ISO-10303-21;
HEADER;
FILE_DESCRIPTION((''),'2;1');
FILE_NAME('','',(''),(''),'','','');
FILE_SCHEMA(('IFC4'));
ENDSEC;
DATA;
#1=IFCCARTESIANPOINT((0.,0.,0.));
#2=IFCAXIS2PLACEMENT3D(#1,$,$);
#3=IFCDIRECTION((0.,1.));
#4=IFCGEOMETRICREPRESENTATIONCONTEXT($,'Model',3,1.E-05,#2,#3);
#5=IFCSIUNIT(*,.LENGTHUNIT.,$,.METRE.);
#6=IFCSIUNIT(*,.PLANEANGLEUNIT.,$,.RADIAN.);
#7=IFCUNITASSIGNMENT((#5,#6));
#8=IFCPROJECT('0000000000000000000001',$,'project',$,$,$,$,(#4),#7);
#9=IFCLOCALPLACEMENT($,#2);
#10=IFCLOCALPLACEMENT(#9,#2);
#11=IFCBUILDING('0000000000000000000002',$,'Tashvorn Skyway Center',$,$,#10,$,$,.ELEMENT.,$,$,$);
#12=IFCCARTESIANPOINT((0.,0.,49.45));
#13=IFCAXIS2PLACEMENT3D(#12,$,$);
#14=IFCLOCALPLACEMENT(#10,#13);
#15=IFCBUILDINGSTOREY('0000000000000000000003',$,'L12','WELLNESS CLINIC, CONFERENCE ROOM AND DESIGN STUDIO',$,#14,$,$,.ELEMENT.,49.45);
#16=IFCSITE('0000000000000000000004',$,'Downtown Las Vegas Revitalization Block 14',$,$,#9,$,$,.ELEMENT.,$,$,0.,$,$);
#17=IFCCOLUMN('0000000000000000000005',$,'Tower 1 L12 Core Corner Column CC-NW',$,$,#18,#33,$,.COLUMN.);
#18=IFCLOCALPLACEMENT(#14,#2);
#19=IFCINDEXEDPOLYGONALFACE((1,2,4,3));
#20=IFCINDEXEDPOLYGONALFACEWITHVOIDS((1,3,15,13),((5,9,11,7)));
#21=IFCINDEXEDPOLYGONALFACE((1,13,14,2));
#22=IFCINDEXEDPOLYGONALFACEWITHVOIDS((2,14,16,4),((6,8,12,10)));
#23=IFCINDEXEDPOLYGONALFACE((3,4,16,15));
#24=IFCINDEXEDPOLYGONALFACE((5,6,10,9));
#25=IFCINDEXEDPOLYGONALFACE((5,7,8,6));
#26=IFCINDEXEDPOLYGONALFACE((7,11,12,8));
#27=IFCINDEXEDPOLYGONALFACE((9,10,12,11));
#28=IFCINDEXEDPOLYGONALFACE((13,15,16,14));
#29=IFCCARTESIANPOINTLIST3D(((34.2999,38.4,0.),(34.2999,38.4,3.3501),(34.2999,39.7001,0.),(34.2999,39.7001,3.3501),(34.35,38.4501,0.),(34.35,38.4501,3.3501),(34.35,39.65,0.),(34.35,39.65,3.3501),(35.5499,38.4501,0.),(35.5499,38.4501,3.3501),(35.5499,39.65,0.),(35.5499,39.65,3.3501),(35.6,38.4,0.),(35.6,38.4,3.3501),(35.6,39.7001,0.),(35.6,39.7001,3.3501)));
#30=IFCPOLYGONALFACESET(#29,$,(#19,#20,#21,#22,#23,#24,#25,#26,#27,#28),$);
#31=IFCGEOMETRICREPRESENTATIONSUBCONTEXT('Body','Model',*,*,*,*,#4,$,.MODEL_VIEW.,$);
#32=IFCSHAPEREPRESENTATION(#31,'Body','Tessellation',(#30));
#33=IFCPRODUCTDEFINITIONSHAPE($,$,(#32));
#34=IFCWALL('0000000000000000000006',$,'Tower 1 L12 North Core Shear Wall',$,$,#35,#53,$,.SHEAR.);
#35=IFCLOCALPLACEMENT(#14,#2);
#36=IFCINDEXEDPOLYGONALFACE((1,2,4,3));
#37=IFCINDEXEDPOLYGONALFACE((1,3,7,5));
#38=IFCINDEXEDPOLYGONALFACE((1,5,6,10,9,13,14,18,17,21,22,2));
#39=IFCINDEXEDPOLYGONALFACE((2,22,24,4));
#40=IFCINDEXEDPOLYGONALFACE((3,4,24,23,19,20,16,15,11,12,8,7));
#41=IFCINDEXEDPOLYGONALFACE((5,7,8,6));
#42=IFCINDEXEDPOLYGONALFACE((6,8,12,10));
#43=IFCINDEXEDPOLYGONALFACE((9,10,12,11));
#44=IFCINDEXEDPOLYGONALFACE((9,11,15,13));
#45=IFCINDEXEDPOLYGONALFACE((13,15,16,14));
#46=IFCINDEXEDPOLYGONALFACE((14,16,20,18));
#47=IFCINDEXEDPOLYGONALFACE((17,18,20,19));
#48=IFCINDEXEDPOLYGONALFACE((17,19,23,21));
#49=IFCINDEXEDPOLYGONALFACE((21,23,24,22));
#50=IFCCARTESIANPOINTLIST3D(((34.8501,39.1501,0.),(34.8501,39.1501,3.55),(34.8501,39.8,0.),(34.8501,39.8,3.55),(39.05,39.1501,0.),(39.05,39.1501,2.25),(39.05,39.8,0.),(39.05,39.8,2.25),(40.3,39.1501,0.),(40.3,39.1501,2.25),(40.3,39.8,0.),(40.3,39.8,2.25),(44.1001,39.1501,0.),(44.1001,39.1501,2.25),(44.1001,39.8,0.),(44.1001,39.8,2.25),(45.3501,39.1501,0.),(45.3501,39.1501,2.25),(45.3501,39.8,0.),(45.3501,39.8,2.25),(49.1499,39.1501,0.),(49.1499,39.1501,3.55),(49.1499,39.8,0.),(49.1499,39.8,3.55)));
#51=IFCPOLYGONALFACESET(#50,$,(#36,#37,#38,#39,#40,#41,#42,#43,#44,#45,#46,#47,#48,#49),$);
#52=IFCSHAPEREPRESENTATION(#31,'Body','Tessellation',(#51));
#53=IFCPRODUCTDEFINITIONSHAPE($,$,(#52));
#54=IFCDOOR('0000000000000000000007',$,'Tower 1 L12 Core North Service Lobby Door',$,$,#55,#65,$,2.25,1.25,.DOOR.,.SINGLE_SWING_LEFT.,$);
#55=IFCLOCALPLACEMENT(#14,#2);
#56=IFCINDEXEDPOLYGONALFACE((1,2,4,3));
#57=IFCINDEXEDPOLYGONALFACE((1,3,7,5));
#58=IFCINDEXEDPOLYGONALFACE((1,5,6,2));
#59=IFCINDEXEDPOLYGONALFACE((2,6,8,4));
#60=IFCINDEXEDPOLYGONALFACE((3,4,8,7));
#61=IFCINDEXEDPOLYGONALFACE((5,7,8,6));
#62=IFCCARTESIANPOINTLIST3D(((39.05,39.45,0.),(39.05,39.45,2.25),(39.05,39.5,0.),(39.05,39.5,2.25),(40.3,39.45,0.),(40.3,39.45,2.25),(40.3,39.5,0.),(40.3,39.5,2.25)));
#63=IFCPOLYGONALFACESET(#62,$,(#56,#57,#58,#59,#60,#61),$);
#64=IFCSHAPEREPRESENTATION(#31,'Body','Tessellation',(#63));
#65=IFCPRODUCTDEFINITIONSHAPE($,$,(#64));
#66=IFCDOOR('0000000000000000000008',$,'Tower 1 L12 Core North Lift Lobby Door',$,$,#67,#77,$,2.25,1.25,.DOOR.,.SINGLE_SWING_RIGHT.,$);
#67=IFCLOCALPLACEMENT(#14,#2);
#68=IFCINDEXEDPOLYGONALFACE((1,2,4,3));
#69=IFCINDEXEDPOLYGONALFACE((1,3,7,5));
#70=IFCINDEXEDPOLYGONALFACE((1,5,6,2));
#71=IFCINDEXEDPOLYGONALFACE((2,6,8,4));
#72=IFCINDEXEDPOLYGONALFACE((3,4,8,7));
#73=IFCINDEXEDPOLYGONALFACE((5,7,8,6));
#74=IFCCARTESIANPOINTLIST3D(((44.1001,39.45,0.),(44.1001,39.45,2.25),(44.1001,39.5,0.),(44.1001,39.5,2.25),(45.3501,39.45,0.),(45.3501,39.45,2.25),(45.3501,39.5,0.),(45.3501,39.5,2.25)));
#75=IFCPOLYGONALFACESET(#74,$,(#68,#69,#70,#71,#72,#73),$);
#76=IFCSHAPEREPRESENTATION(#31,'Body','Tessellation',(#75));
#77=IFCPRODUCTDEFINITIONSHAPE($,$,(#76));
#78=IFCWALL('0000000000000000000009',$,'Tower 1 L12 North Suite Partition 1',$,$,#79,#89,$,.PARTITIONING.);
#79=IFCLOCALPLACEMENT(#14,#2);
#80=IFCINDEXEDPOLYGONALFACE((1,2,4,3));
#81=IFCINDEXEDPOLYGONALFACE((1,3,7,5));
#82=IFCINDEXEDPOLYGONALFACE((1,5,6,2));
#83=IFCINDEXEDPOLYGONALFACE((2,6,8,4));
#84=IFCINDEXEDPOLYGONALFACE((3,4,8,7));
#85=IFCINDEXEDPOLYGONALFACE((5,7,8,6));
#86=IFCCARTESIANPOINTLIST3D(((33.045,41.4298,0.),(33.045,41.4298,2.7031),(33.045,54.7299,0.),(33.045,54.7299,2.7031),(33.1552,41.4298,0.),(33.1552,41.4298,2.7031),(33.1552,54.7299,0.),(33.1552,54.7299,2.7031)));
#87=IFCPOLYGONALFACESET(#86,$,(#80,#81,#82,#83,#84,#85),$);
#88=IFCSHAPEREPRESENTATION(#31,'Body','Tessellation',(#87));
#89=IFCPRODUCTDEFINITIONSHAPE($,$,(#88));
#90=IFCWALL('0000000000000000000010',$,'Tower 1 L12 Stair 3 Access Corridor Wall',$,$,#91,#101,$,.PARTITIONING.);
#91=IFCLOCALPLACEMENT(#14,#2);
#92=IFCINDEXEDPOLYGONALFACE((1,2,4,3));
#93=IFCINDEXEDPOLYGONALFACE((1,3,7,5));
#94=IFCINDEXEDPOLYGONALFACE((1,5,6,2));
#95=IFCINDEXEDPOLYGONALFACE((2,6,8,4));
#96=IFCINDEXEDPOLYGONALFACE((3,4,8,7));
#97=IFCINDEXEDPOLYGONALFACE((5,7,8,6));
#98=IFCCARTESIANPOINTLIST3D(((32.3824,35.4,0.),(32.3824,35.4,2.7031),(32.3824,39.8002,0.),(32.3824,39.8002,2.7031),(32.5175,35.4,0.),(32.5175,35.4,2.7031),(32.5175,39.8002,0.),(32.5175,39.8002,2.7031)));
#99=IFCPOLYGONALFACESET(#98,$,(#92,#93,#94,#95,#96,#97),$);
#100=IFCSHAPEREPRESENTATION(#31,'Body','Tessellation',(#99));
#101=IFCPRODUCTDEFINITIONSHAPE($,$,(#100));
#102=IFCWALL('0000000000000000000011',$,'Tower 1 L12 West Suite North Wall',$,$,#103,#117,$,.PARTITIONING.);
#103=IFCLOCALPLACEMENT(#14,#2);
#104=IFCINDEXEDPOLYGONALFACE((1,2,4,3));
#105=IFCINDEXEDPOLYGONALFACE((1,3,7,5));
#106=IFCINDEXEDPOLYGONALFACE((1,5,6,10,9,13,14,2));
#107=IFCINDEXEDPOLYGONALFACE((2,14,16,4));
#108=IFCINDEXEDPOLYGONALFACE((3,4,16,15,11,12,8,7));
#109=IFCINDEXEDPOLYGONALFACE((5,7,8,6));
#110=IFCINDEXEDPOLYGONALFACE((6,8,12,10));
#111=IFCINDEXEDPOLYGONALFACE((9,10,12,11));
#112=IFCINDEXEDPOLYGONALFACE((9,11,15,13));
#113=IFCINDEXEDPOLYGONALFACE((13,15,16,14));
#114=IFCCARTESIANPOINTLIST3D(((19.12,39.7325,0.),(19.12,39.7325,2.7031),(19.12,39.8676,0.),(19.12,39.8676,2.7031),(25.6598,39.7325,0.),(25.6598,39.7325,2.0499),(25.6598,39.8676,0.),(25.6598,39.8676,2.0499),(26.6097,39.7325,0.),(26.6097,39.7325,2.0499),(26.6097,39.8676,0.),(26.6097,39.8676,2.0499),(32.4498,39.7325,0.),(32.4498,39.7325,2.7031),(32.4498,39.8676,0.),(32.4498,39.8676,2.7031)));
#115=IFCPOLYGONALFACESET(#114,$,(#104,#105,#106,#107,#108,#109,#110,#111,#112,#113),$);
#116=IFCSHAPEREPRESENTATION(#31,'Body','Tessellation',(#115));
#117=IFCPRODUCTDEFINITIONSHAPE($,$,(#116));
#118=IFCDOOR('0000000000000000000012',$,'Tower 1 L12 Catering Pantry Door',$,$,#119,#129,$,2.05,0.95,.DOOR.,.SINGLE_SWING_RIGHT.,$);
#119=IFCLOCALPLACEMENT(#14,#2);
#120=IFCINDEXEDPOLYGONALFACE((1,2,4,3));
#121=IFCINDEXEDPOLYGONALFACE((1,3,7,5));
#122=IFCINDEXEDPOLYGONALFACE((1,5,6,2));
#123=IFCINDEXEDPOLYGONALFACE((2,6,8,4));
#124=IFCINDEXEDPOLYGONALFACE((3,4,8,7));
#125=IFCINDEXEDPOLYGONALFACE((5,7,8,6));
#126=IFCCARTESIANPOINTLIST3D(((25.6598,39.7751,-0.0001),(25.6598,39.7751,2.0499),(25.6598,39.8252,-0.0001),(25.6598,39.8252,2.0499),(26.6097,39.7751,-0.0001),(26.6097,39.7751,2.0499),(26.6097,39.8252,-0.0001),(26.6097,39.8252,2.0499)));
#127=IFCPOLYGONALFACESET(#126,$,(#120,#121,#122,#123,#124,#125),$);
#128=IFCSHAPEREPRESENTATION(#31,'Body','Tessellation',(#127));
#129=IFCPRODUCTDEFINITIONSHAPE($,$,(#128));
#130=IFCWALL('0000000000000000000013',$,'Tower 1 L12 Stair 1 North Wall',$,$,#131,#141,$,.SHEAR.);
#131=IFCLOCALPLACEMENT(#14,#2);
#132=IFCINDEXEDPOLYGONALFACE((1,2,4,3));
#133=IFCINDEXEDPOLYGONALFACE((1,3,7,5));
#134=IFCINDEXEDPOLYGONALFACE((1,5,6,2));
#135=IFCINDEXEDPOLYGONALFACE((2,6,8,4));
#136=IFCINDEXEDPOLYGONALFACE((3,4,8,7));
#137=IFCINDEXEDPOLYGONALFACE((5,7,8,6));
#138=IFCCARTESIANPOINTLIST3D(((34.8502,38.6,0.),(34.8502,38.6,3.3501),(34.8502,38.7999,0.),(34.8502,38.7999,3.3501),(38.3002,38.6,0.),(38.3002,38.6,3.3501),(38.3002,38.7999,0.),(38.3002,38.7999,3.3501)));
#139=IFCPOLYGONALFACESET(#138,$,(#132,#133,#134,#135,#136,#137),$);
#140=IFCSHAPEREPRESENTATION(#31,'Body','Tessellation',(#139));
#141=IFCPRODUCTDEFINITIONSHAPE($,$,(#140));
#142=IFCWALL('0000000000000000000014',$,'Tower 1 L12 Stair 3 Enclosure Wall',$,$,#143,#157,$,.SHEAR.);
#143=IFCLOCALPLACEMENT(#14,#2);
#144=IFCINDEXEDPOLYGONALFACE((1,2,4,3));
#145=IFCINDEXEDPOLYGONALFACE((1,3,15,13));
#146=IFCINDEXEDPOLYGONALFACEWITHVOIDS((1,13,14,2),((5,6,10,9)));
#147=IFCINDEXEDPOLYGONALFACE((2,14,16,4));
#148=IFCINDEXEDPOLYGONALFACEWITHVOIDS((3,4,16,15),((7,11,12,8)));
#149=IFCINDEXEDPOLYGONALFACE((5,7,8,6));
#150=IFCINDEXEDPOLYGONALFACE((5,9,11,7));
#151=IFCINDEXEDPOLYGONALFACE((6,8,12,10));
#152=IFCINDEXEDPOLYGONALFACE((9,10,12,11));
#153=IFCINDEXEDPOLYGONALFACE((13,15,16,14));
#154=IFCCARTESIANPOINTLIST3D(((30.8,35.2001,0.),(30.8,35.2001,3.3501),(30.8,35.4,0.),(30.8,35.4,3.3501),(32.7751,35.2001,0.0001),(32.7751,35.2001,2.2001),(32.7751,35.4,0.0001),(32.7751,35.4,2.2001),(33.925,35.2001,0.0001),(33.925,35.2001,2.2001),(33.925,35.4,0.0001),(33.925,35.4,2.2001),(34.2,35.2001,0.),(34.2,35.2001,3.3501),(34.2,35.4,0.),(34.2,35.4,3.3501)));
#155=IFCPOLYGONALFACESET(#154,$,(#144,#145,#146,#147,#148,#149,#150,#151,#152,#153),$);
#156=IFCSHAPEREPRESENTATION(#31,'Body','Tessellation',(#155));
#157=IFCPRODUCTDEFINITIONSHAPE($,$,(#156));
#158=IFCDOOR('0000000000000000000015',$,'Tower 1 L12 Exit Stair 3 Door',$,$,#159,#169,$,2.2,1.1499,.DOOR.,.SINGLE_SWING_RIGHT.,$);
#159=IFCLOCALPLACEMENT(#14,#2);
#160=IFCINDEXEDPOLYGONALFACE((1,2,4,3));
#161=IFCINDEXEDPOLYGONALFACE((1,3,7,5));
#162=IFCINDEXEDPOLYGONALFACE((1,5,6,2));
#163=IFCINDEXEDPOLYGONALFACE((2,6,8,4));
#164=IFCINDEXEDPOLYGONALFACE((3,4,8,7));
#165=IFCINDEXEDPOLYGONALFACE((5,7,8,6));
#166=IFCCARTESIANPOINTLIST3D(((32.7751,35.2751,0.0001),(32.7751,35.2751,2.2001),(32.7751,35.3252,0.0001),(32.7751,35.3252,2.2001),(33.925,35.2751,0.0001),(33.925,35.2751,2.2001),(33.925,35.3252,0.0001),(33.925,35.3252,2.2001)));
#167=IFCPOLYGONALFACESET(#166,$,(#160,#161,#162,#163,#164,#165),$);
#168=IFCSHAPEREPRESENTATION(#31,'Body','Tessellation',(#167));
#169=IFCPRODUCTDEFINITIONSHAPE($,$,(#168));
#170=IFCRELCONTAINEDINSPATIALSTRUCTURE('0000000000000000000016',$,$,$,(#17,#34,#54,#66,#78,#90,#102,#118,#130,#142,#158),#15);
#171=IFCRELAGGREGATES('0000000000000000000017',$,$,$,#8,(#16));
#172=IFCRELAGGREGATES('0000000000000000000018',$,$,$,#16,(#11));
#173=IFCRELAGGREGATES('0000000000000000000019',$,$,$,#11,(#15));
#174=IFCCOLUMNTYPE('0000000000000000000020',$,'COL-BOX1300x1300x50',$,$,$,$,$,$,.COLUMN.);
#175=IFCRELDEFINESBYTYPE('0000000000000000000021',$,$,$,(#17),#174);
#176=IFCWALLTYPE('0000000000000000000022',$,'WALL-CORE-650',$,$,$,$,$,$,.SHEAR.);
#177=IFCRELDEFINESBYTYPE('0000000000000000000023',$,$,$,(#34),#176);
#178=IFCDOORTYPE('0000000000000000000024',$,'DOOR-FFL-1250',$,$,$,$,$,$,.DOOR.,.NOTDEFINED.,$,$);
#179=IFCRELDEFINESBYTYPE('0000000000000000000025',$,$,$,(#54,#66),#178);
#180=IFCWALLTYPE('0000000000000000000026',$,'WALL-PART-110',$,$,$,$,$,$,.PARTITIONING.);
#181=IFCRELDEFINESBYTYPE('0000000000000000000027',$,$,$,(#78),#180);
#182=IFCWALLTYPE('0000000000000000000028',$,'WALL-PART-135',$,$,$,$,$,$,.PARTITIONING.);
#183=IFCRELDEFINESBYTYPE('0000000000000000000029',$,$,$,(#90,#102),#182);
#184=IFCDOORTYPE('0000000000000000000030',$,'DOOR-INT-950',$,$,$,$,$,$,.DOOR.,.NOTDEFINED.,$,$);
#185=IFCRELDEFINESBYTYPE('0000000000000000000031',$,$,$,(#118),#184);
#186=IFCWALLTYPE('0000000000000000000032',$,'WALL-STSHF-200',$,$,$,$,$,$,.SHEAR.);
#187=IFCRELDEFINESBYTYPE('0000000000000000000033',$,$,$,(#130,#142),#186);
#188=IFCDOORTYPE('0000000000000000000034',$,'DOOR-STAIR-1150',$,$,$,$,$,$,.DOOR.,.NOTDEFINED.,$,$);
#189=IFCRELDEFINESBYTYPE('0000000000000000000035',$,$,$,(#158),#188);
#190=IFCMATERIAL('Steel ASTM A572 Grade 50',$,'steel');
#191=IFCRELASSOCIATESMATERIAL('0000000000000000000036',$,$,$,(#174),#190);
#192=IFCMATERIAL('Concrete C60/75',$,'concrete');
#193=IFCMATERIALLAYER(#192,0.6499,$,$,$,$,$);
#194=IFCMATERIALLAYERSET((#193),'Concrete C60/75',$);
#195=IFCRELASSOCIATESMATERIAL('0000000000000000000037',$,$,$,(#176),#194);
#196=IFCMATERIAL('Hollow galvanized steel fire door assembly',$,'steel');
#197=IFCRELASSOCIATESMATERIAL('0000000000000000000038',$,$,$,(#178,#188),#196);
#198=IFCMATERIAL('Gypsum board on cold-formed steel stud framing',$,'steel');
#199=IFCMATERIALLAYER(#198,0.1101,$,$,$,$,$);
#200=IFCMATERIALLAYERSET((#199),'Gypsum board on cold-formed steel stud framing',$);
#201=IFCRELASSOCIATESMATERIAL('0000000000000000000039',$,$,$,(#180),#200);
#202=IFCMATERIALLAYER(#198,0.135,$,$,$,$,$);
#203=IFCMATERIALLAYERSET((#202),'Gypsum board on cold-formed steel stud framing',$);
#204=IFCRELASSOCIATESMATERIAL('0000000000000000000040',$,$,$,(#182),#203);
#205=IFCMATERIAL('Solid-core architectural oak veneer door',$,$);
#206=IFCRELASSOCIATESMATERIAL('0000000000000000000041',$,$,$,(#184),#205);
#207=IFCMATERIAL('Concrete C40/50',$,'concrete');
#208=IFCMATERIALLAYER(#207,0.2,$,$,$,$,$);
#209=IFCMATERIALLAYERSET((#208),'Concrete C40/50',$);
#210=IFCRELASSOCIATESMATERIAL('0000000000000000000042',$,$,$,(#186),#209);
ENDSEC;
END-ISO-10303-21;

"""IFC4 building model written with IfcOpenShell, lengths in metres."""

from ifc_helpers import new_model, si_unit, direction, frame, frame_2d, origin, origin_2d, place, context, subcontext, project, spatial, rectangle, hollow_rectangle, extrude, material, layer, layer_set, material_profile, profile_set, type_object, element, fill, save


model = new_model("IFC4")

# Units and contexts
model_context = context("Model", 3, precision=1e-05, world=origin(), true_north=direction((0.0, 1.0)))
body_context = subcontext(model_context, "Body", "Model", "MODEL_VIEW")
ifc_project = project(units=[si_unit("LENGTHUNIT", "METRE"), si_unit("PLANEANGLEUNIT", "RADIAN")], contexts=[model_context])

# Site, building, storey
site_placement = place(None, origin())
site = spatial("IfcSite", under=ifc_project, at=site_placement, Name="Downtown Las Vegas Revitalization Block 14", CompositionType="ELEMENT", RefElevation=0.0)
building_placement = place(site_placement, origin())
building = spatial("IfcBuilding", under=site, at=building_placement, Name="Tashvorn Skyway Center", CompositionType="ELEMENT")
storey_placement = place(building_placement, frame((0.0, 0.0, 49.45)))
storey = spatial("IfcBuildingStorey", under=building, at=storey_placement, Name="L12", Description="WELLNESS CLINIC, CONFERENCE ROOM AND DESIGN STUDIO", CompositionType="ELEMENT", Elevation=49.45)

# Column
ifc_material_1 = material(Name="Steel ASTM A572 Grade 50", Category="steel")
ifc_material_profile = material_profile(ifc_material_1, hollow_rectangle(XDim=1.3, YDim=1.3, WallThickness=0.05, at=origin_2d()), Name="BOX1300x1300x50")
ifc_profile_set = profile_set([ifc_material_profile], Name="Steel ASTM A572 Grade 50")
column_type = type_object("IfcColumnType", Name="COL-BOX1300x1300x50", PredefinedType="COLUMN", material=ifc_profile_set)
column_placement = place(storey_placement, frame((34.95, 39.05, 0.0), z_axis=(0.0, 0.0, 1.0), x_axis=(1.0, 0.0, 0.0)))
element("IfcColumn", 1, at=column_placement, inside=storey, type_object=column_type, Name="Tower 1 L12 Core Corner Column CC-NW", PredefinedType="COLUMN", context=body_context, shape_type="SweptSolid", body=[
    extrude(hollow_rectangle(XDim=1.3, YDim=1.3, WallThickness=0.05, at=origin_2d()), origin(), (0.0, 0.0, 1.0), 3.3501),
])

# Wall, openings, doors
ifc_material_2 = material(Name="Concrete C60/75", Category="concrete")
ifc_layer_1 = layer(ifc_material_2, 0.6499)
ifc_layer_set_1 = layer_set([ifc_layer_1], Name="Concrete C60/75")
wall_type_1 = type_object("IfcWallType", Name="WALL-CORE-650", PredefinedType="SHEAR", material=ifc_layer_set_1)
wall_1_placement = place(storey_placement, frame((34.8501, 39.4751, 0.0), z_axis=(0.0, 0.0, 1.0), x_axis=(1.0, 0.0, 0.0)))
wall_1 = element("IfcWall", 2, at=wall_1_placement, inside=storey, type_object=wall_type_1, Name="Tower 1 L12 North Core Shear Wall", PredefinedType="SHEAR", context=body_context, shape_type="SweptSolid", body=[
    extrude(rectangle(XDim=14.2998, YDim=0.6499, at=frame_2d((7.1499, 0.0))), origin(), (0.0, 0.0, 1.0), 3.55),
])
opening_1_placement = place(wall_1_placement, frame((4.2, 0.0, 0.0)))
opening_1 = element("IfcOpeningElement", 3, at=opening_1_placement, cuts=wall_1, PredefinedType="OPENING", context=body_context, shape_type="SweptSolid", body=[
    extrude(rectangle(XDim=1.25, YDim=2.25, at=frame_2d((0.625, 1.125))), frame((0.0, 0.335, 0.0), z_axis=(0.0, -1.0, 0.0), x_axis=(1.0, 0.0, 0.0)), (0.0, 0.0, 1.0), 0.6699),
])
opening_2_placement = place(wall_1_placement, frame((9.25, 0.0, 0.0)))
opening_2 = element("IfcOpeningElement", 4, at=opening_2_placement, cuts=wall_1, PredefinedType="OPENING", context=body_context, shape_type="SweptSolid", body=[
    extrude(rectangle(XDim=1.25, YDim=2.25, at=frame_2d((0.625, 1.125))), frame((0.0, 0.335, 0.0), z_axis=(0.0, -1.0, 0.0), x_axis=(1.0, 0.0, 0.0)), (0.0, 0.0, 1.0), 0.6699),
])
ifc_material_3 = material(Name="Hollow galvanized steel fire door assembly", Category="steel")
door_type_1 = type_object("IfcDoorType", Name="DOOR-FFL-1250", OperationType="NOTDEFINED", PredefinedType="DOOR", material=ifc_material_3)
door_1_placement = place(opening_1_placement, origin())
door_1 = element("IfcDoor", 5, at=door_1_placement, inside=storey, type_object=door_type_1, Name="Tower 1 L12 Core North Service Lobby Door", OperationType="SINGLE_SWING_LEFT", OverallHeight=2.25, OverallWidth=1.25, PredefinedType="DOOR", context=body_context, shape_type="SweptSolid", body=[
    extrude(rectangle(XDim=1.25, YDim=2.25, at=frame_2d((0.625, 1.125))), frame((0.0, 0.0249, 0.0), z_axis=(0.0, -1.0, 0.0), x_axis=(1.0, 0.0, 0.0)), (0.0, 0.0, 1.0), 0.05),
])
fill(opening_1, door_1)
door_2_placement = place(opening_2_placement, origin())
door_2 = element("IfcDoor", 6, at=door_2_placement, inside=storey, type_object=door_type_1, Name="Tower 1 L12 Core North Lift Lobby Door", OperationType="SINGLE_SWING_RIGHT", OverallHeight=2.25, OverallWidth=1.25, PredefinedType="DOOR", context=body_context, shape_type="SweptSolid", body=[
    extrude(rectangle(XDim=1.25, YDim=2.25, at=frame_2d((0.625, 1.125))), frame((0.0, 0.0249, 0.0), z_axis=(0.0, -1.0, 0.0), x_axis=(1.0, 0.0, 0.0)), (0.0, 0.0, 1.0), 0.05),
])
fill(opening_2, door_2)

# Walls
ifc_material_4 = material(Name="Gypsum board on cold-formed steel stud framing", Category="steel")
ifc_layer_2 = layer(ifc_material_4, 0.1101)
ifc_layer_set_2 = layer_set([ifc_layer_2], Name="Gypsum board on cold-formed steel stud framing")
wall_type_2 = type_object("IfcWallType", Name="WALL-PART-110", PredefinedType="PARTITIONING", material=ifc_layer_set_2)
wall_2_placement = place(storey_placement, frame((33.1001, 41.4299, 0.0), z_axis=(0.0, 0.0, 1.0), x_axis=(0.0, 1.0, 0.0)))
element("IfcWall", 7, at=wall_2_placement, inside=storey, type_object=wall_type_2, Name="Tower 1 L12 North Suite Partition 1", PredefinedType="PARTITIONING", context=body_context, shape_type="SweptSolid", body=[
    extrude(rectangle(XDim=13.3, YDim=0.1101, at=frame_2d((6.6499, 0.0))), origin(), (0.0, 0.0, 1.0), 2.7031),
])
ifc_layer_3 = layer(ifc_material_4, 0.135)
ifc_layer_set_3 = layer_set([ifc_layer_3], Name="Gypsum board on cold-formed steel stud framing")
wall_type_3 = type_object("IfcWallType", Name="WALL-PART-135", PredefinedType="PARTITIONING", material=ifc_layer_set_3)
wall_3_placement = place(storey_placement, frame((32.45, 35.3999, 0.0), z_axis=(0.0, 0.0, 1.0), x_axis=(0.0, 1.0, 0.0)))
element("IfcWall", 8, at=wall_3_placement, inside=storey, type_object=wall_type_3, Name="Tower 1 L12 Stair 3 Access Corridor Wall", PredefinedType="PARTITIONING", context=body_context, shape_type="SweptSolid", body=[
    extrude(rectangle(XDim=4.4001, YDim=0.135, at=frame_2d((2.2002, 0.0))), origin(), (0.0, 0.0, 1.0), 2.7031),
])

# Wall, opening, door
wall_4_placement = place(storey_placement, frame((32.45, 39.8, 0.0), z_axis=(0.0, 0.0, 1.0), x_axis=(-1.0, 0.0, 0.0)))
wall_4 = element("IfcWall", 9, at=wall_4_placement, inside=storey, type_object=wall_type_3, Name="Tower 1 L12 West Suite North Wall", PredefinedType="PARTITIONING", context=body_context, shape_type="SweptSolid", body=[
    extrude(rectangle(XDim=13.3298, YDim=0.135, at=frame_2d((6.665, 0.0))), origin(), (0.0, 0.0, 1.0), 2.7031),
])
opening_3_placement = place(wall_4_placement, frame((5.8401, 0.0, 0.0)))
opening_3 = element("IfcOpeningElement", 10, at=opening_3_placement, cuts=wall_4, PredefinedType="OPENING", context=body_context, shape_type="SweptSolid", body=[
    extrude(rectangle(XDim=0.95, YDim=2.05, at=frame_2d((0.4751, 1.0249))), frame((0.0, 0.0774, 0.0), z_axis=(0.0, -1.0, 0.0), x_axis=(1.0, 0.0, 0.0)), (0.0, 0.0, 1.0), 0.155),
])
ifc_material_5 = material(Name="Solid-core architectural oak veneer door")
door_type_2 = type_object("IfcDoorType", Name="DOOR-INT-950", OperationType="NOTDEFINED", PredefinedType="DOOR", material=ifc_material_5)
door_3_placement = place(opening_3_placement, origin())
door_3 = element("IfcDoor", 11, at=door_3_placement, inside=storey, type_object=door_type_2, Name="Tower 1 L12 Catering Pantry Door", OperationType="SINGLE_SWING_RIGHT", OverallHeight=2.05, OverallWidth=0.95, PredefinedType="DOOR", context=body_context, shape_type="SweptSolid", body=[
    extrude(rectangle(XDim=0.95, YDim=2.05, at=frame_2d((0.4751, 1.0249))), frame((0.0, 0.0249, 0.0), z_axis=(0.0, -1.0, 0.0), x_axis=(1.0, 0.0, 0.0)), (0.0, 0.0, 1.0), 0.05),
])
fill(opening_3, door_3)

# Wall
ifc_material_6 = material(Name="Concrete C40/50", Category="concrete")
ifc_layer_4 = layer(ifc_material_6, 0.2)
ifc_layer_set_4 = layer_set([ifc_layer_4], Name="Concrete C40/50")
wall_type_4 = type_object("IfcWallType", Name="WALL-STSHF-200", PredefinedType="SHEAR", material=ifc_layer_set_4)
wall_5_placement = place(storey_placement, frame((34.8501, 38.7, 0.0), z_axis=(0.0, 0.0, 1.0), x_axis=(1.0, 0.0, 0.0)))
element("IfcWall", 12, at=wall_5_placement, inside=storey, type_object=wall_type_4, Name="Tower 1 L12 Stair 1 North Wall", PredefinedType="SHEAR", context=body_context, shape_type="SweptSolid", body=[
    extrude(rectangle(XDim=3.45, YDim=0.2, at=frame_2d((1.7251, 0.0))), origin(), (0.0, 0.0, 1.0), 3.3501),
])

# Wall, opening, door
wall_6_placement = place(storey_placement, frame((34.2, 35.3, 0.0), z_axis=(0.0, 0.0, 1.0), x_axis=(-1.0, 0.0, 0.0)))
wall_6 = element("IfcWall", 13, at=wall_6_placement, inside=storey, type_object=wall_type_4, Name="Tower 1 L12 Stair 3 Enclosure Wall", PredefinedType="SHEAR", context=body_context, shape_type="SweptSolid", body=[
    extrude(rectangle(XDim=3.3999, YDim=0.2, at=frame_2d((1.7, 0.0))), origin(), (0.0, 0.0, 1.0), 3.3501),
])
opening_4_placement = place(wall_6_placement, frame((0.2749, 0.0, 0.0)))
opening_4 = element("IfcOpeningElement", 14, at=opening_4_placement, cuts=wall_6, PredefinedType="OPENING", context=body_context, shape_type="SweptSolid", body=[
    extrude(rectangle(XDim=1.1499, YDim=2.2, at=frame_2d((0.575, 1.1001))), frame((0.0, 0.1099, 0.0), z_axis=(0.0, -1.0, 0.0), x_axis=(1.0, 0.0, 0.0)), (0.0, 0.0, 1.0), 0.22),
])
door_type_3 = type_object("IfcDoorType", Name="DOOR-STAIR-1150", OperationType="NOTDEFINED", PredefinedType="DOOR", material=ifc_material_3)
door_4_placement = place(opening_4_placement, origin())
door_4 = element("IfcDoor", 15, at=door_4_placement, inside=storey, type_object=door_type_3, Name="Tower 1 L12 Exit Stair 3 Door", OperationType="SINGLE_SWING_RIGHT", OverallHeight=2.2, OverallWidth=1.1499, PredefinedType="DOOR", context=body_context, shape_type="SweptSolid", body=[
    extrude(rectangle(XDim=1.1499, YDim=2.2, at=frame_2d((0.575, 1.1001))), frame((0.0, 0.0249, 0.0), z_axis=(0.0, -1.0, 0.0), x_axis=(1.0, 0.0, 0.0)), (0.0, 0.0, 1.0), 0.05),
])
fill(opening_4, door_4)

save(model, "model.ifc")
